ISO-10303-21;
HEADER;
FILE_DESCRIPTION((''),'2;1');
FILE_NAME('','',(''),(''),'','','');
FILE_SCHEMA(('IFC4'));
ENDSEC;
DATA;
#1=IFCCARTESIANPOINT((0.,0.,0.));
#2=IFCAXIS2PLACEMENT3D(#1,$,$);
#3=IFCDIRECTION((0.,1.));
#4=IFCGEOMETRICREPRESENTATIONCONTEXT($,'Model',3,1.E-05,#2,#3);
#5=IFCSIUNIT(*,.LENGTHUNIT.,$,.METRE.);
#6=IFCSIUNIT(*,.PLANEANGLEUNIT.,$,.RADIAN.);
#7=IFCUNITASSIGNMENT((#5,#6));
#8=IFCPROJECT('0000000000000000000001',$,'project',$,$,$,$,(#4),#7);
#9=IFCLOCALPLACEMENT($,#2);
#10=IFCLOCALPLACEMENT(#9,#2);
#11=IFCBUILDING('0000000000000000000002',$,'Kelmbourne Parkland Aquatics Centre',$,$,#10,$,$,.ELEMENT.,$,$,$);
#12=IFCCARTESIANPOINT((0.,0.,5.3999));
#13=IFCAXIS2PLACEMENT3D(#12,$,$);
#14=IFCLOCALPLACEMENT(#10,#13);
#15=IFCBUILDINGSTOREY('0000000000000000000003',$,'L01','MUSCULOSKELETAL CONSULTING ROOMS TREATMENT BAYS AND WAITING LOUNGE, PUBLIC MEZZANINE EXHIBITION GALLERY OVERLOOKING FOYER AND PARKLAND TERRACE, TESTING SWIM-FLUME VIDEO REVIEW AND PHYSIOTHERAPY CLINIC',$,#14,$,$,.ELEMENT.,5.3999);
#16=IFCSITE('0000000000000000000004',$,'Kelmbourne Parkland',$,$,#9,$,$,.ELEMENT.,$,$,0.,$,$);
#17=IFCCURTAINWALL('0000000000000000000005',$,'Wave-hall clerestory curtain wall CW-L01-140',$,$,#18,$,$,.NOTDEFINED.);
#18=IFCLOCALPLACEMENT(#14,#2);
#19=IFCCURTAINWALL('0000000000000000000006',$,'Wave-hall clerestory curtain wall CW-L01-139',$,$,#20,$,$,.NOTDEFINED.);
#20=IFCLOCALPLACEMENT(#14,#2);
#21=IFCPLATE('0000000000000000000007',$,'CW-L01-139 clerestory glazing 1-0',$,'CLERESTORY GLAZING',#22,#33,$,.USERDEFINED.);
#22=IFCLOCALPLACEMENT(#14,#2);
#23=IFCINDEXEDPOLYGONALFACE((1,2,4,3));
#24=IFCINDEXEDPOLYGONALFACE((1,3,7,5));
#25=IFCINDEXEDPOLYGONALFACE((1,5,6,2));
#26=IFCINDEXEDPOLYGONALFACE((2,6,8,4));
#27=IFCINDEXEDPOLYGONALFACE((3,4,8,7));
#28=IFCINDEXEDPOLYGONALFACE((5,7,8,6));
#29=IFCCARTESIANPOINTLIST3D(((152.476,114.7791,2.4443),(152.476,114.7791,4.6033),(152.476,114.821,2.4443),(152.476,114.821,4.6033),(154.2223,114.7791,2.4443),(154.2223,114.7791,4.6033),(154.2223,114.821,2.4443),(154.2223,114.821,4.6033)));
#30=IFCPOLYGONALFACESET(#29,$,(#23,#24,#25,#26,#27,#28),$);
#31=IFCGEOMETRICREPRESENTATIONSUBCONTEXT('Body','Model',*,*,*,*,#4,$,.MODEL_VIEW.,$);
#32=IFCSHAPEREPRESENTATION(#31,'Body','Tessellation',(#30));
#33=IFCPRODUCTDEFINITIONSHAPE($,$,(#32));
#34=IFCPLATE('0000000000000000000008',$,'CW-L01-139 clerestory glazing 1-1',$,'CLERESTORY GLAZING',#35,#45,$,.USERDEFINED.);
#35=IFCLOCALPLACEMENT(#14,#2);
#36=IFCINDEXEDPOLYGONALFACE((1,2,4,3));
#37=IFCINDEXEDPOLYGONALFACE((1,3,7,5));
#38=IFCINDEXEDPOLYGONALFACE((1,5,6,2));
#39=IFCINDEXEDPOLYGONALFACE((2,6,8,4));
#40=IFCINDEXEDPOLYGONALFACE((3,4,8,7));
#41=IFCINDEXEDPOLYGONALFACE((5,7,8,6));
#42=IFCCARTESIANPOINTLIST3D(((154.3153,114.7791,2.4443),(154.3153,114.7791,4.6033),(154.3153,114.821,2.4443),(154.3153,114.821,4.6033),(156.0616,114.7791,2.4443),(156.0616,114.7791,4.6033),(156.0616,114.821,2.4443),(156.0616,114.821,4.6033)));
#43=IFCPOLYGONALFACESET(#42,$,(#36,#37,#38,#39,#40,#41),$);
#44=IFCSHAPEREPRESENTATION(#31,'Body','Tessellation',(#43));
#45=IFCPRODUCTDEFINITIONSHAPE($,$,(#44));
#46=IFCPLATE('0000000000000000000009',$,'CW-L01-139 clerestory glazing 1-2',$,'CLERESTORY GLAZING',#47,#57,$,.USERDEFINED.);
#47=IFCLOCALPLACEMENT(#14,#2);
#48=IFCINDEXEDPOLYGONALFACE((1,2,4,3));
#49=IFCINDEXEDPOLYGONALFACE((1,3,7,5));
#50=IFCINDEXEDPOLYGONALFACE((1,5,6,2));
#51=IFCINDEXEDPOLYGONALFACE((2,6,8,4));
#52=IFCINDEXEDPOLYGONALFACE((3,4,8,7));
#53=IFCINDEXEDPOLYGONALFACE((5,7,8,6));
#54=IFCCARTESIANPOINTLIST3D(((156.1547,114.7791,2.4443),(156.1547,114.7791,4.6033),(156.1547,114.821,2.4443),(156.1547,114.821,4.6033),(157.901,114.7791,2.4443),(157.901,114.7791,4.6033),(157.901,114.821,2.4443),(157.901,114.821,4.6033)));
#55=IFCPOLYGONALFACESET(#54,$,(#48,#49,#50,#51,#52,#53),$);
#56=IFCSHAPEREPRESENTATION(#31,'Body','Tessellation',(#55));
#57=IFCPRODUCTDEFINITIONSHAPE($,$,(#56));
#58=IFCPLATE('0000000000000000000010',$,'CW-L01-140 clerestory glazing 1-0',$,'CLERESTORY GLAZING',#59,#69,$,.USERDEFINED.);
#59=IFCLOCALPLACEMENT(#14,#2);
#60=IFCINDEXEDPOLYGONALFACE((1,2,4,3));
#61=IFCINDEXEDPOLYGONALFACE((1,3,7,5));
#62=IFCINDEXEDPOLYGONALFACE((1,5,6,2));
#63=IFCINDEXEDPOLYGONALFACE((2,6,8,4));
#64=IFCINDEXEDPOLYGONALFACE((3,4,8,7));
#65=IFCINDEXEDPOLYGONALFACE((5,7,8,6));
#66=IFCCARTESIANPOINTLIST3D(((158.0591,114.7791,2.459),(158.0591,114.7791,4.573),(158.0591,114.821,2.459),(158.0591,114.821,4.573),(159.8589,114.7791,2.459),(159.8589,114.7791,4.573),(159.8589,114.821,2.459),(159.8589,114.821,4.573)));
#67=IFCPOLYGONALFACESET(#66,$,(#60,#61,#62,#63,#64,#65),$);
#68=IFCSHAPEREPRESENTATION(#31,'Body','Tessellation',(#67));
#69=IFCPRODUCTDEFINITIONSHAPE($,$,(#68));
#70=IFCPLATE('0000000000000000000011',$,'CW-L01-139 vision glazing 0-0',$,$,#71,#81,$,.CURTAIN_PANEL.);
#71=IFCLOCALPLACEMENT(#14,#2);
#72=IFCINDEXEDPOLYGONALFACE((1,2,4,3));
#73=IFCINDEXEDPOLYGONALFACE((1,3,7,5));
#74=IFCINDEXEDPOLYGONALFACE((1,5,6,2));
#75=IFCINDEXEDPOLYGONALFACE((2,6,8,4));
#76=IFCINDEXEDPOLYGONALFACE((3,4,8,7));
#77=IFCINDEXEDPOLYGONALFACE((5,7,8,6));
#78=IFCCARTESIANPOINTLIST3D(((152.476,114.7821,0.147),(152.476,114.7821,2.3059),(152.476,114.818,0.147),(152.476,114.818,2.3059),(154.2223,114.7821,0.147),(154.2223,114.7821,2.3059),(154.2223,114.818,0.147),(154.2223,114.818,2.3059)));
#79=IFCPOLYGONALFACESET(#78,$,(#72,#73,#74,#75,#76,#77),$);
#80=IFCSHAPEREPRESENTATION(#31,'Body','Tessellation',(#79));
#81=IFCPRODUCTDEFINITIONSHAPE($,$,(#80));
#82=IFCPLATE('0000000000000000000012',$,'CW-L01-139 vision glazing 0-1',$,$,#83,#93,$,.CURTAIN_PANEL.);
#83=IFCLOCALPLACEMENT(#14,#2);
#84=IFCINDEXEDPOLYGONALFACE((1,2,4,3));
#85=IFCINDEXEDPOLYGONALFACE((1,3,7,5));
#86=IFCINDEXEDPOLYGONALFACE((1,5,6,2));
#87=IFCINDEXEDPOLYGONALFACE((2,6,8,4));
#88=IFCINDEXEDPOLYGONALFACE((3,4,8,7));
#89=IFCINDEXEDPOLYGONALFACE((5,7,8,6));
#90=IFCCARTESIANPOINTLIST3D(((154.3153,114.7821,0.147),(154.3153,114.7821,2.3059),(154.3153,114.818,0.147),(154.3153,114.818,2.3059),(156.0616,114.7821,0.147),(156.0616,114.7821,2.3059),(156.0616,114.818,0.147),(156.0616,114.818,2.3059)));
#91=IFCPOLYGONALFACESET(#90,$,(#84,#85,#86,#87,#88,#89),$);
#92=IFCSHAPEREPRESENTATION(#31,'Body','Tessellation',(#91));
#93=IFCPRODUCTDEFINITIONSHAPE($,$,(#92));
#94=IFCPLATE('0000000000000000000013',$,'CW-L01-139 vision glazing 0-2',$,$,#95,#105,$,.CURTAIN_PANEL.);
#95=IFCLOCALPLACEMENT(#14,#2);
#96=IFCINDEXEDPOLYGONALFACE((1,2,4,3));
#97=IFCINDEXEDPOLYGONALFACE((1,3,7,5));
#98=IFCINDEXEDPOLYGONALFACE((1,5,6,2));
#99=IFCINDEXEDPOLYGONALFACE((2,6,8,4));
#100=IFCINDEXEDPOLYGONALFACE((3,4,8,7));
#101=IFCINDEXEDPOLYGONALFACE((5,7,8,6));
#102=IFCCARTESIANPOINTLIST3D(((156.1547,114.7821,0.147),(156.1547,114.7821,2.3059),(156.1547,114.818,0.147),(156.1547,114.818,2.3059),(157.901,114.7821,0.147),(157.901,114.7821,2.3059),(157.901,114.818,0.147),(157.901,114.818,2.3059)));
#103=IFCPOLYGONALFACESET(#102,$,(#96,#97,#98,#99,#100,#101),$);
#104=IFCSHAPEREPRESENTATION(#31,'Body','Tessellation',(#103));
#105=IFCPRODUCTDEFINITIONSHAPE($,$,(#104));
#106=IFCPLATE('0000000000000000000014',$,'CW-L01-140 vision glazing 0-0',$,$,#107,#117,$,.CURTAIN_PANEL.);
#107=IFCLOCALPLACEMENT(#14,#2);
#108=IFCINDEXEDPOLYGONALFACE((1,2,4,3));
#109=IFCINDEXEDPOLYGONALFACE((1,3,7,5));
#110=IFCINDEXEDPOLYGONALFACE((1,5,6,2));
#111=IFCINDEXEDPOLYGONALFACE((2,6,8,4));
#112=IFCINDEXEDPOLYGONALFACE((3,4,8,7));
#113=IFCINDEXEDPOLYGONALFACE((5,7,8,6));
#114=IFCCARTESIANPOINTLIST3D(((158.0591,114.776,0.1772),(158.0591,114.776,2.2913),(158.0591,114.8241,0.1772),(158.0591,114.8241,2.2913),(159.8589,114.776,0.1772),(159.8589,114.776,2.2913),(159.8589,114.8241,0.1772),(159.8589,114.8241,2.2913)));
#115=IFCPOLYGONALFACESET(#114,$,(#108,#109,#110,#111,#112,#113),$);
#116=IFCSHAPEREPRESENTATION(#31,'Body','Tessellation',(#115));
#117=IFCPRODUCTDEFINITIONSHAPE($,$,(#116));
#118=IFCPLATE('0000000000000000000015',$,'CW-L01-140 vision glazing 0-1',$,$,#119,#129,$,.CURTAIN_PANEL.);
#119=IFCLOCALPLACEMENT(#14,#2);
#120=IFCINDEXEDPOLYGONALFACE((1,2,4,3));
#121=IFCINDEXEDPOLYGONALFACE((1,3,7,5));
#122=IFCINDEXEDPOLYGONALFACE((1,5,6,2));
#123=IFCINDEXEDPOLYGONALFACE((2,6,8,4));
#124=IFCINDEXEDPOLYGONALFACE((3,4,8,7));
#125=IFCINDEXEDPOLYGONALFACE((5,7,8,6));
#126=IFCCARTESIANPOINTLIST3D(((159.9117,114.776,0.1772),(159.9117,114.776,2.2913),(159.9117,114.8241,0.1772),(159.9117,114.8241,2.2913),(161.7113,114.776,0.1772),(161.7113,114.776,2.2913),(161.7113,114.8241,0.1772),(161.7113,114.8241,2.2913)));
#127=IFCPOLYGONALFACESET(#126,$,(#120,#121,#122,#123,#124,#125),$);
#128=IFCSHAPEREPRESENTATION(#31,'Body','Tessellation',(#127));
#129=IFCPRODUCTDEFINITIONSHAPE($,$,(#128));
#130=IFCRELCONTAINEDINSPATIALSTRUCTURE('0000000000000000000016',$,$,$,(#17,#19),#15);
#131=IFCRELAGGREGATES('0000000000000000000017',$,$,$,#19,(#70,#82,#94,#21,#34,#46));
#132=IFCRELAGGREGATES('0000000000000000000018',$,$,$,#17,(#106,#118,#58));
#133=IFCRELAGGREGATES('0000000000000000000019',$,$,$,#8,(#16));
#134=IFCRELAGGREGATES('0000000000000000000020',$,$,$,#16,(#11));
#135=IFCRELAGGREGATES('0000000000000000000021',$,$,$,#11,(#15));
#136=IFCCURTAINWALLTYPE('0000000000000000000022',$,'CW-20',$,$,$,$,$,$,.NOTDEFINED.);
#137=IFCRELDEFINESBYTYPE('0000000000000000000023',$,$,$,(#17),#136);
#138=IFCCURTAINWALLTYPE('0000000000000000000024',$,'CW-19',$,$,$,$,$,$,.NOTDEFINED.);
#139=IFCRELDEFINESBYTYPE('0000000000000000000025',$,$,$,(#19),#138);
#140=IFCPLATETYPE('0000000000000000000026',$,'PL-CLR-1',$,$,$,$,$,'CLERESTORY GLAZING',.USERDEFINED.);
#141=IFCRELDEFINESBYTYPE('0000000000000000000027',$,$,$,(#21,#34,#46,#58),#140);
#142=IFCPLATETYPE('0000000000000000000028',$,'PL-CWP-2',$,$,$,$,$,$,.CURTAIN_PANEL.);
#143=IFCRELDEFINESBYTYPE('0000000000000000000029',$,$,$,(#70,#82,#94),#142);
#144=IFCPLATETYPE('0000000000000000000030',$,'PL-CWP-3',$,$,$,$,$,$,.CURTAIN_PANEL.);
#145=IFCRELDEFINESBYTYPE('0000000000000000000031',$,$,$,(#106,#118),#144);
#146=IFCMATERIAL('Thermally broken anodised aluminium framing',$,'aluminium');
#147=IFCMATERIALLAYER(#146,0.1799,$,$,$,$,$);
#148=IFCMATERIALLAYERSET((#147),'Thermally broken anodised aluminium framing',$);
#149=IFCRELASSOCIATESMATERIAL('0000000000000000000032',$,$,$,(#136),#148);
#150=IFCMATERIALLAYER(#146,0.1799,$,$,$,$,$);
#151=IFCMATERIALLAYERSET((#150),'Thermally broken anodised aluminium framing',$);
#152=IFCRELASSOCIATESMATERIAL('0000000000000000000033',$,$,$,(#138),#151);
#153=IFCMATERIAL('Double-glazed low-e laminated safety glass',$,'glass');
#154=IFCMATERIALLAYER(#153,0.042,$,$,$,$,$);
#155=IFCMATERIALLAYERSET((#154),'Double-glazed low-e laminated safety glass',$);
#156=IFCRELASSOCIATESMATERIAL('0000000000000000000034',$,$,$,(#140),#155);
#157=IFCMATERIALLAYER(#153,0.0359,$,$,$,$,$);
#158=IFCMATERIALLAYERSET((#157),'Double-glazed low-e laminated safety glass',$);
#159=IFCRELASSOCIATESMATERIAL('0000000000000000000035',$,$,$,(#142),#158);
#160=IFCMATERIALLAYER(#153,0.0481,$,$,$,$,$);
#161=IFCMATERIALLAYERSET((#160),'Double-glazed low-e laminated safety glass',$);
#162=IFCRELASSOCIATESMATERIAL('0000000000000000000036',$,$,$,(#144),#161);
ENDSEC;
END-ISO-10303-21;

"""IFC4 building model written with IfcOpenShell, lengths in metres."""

from ifc_helpers import new_model, si_unit, direction, frame, origin, origin_2d, place, context, subcontext, project, spatial, rectangle, extrude, material, layer, layer_set, type_object, element, aggregate, save


model = new_model("IFC4")

# Units and contexts
model_context = context("Model", 3, precision=1e-05, world=origin(), true_north=direction((0.0, 1.0)))
body_context = subcontext(model_context, "Body", "Model", "MODEL_VIEW")
ifc_project = project(units=[si_unit("LENGTHUNIT", "METRE"), si_unit("PLANEANGLEUNIT", "RADIAN")], contexts=[model_context])

# Site, building, storey
site_placement = place(None, origin())
site = spatial("IfcSite", under=ifc_project, at=site_placement, Name="Kelmbourne Parkland", CompositionType="ELEMENT", RefElevation=0.0)
building_placement = place(site_placement, origin())
building = spatial("IfcBuilding", under=site, at=building_placement, Name="Kelmbourne Parkland Aquatics Centre", CompositionType="ELEMENT")
storey_placement = place(building_placement, frame((0.0, 0.0, 5.3999)))
storey = spatial("IfcBuildingStorey", under=building, at=storey_placement, Name="L01", Description="MUSCULOSKELETAL CONSULTING ROOMS TREATMENT BAYS AND WAITING LOUNGE, PUBLIC MEZZANINE EXHIBITION GALLERY OVERLOOKING FOYER AND PARKLAND TERRACE, TESTING SWIM-FLUME VIDEO REVIEW AND PHYSIOTHERAPY CLINIC", CompositionType="ELEMENT", Elevation=5.3999)

# Curtain walls
ifc_material_1 = material(Name="Thermally broken anodised aluminium framing", Category="aluminium")
ifc_layer_1 = layer(ifc_material_1, 0.1799)
ifc_layer_set_1 = layer_set([ifc_layer_1], Name="Thermally broken anodised aluminium framing")
curtain_wall_type_1 = type_object("IfcCurtainWallType", Name="CW-20", PredefinedType="NOTDEFINED", material=ifc_layer_set_1)
curtain_wall_1_placement = place(storey_placement, origin())
curtain_wall_1 = element("IfcCurtainWall", 1, at=curtain_wall_1_placement, inside=storey, type_object=curtain_wall_type_1, Name="Wave-hall clerestory curtain wall CW-L01-140", PredefinedType="NOTDEFINED")
ifc_layer_2 = layer(ifc_material_1, 0.1799)
ifc_layer_set_2 = layer_set([ifc_layer_2], Name="Thermally broken anodised aluminium framing")
curtain_wall_type_2 = type_object("IfcCurtainWallType", Name="CW-19", PredefinedType="NOTDEFINED", material=ifc_layer_set_2)
curtain_wall_2_placement = place(storey_placement, origin())
curtain_wall_2 = element("IfcCurtainWall", 2, at=curtain_wall_2_placement, inside=storey, type_object=curtain_wall_type_2, Name="Wave-hall clerestory curtain wall CW-L01-139", PredefinedType="NOTDEFINED")

# Plates
ifc_material_2 = material(Name="Double-glazed low-e laminated safety glass", Category="glass")
ifc_layer_3 = layer(ifc_material_2, 0.042)
ifc_layer_set_3 = layer_set([ifc_layer_3], Name="Double-glazed low-e laminated safety glass")
plate_type_1 = type_object("IfcPlateType", Name="PL-CLR-1", ElementType="CLERESTORY GLAZING", PredefinedType="USERDEFINED", material=ifc_layer_set_3)
plate_1_placement = place(storey_placement, frame((153.3491, 114.8, 2.4443), z_axis=(0.0, 0.0, 1.0), x_axis=(1.0, 0.0, 0.0)))
plate_1 = element("IfcPlate", 3, at=plate_1_placement, type_object=plate_type_1, Name="CW-L01-139 clerestory glazing 1-0", ObjectType="CLERESTORY GLAZING", PredefinedType="USERDEFINED", context=body_context, shape_type="SweptSolid", body=[
    extrude(rectangle(XDim=1.7463, YDim=0.042, at=origin_2d()), origin(), (0.0, 0.0, 1.0), 2.1589),
])
plate_2_placement = place(storey_placement, frame((155.1885, 114.8, 2.4443), z_axis=(0.0, 0.0, 1.0), x_axis=(1.0, 0.0, 0.0)))
plate_2 = element("IfcPlate", 4, at=plate_2_placement, type_object=plate_type_1, Name="CW-L01-139 clerestory glazing 1-1", ObjectType="CLERESTORY GLAZING", PredefinedType="USERDEFINED", context=body_context, shape_type="SweptSolid", body=[
    extrude(rectangle(XDim=1.7463, YDim=0.042, at=origin_2d()), origin(), (0.0, 0.0, 1.0), 2.1589),
])
plate_3_placement = place(storey_placement, frame((157.0278, 114.8, 2.4443), z_axis=(0.0, 0.0, 1.0), x_axis=(1.0, 0.0, 0.0)))
plate_3 = element("IfcPlate", 5, at=plate_3_placement, type_object=plate_type_1, Name="CW-L01-139 clerestory glazing 1-2", ObjectType="CLERESTORY GLAZING", PredefinedType="USERDEFINED", context=body_context, shape_type="SweptSolid", body=[
    extrude(rectangle(XDim=1.7463, YDim=0.042, at=origin_2d()), origin(), (0.0, 0.0, 1.0), 2.1589),
])
plate_4_placement = place(storey_placement, frame((158.959, 114.8, 2.459), z_axis=(0.0, 0.0, 1.0), x_axis=(1.0, 0.0, 0.0)))
plate_4 = element("IfcPlate", 6, at=plate_4_placement, type_object=plate_type_1, Name="CW-L01-140 clerestory glazing 1-0", ObjectType="CLERESTORY GLAZING", PredefinedType="USERDEFINED", context=body_context, shape_type="SweptSolid", body=[
    extrude(rectangle(XDim=1.7998, YDim=0.042, at=origin_2d()), origin(), (0.0, 0.0, 1.0), 2.114),
])
ifc_layer_4 = layer(ifc_material_2, 0.0359)
ifc_layer_set_4 = layer_set([ifc_layer_4], Name="Double-glazed low-e laminated safety glass")
plate_type_2 = type_object("IfcPlateType", Name="PL-CWP-2", PredefinedType="CURTAIN_PANEL", material=ifc_layer_set_4)
plate_5_placement = place(storey_placement, frame((153.3491, 114.8, 0.147), z_axis=(0.0, 0.0, 1.0), x_axis=(1.0, 0.0, 0.0)))
plate_5 = element("IfcPlate", 7, at=plate_5_placement, type_object=plate_type_2, Name="CW-L01-139 vision glazing 0-0", PredefinedType="CURTAIN_PANEL", context=body_context, shape_type="SweptSolid", body=[
    extrude(rectangle(XDim=1.7463, YDim=0.0359, at=origin_2d()), origin(), (0.0, 0.0, 1.0), 2.1589),
])
plate_6_placement = place(storey_placement, frame((155.1885, 114.8, 0.147), z_axis=(0.0, 0.0, 1.0), x_axis=(1.0, 0.0, 0.0)))
plate_6 = element("IfcPlate", 8, at=plate_6_placement, type_object=plate_type_2, Name="CW-L01-139 vision glazing 0-1", PredefinedType="CURTAIN_PANEL", context=body_context, shape_type="SweptSolid", body=[
    extrude(rectangle(XDim=1.7463, YDim=0.0359, at=origin_2d()), origin(), (0.0, 0.0, 1.0), 2.1589),
])
plate_7_placement = place(storey_placement, frame((157.0278, 114.8, 0.147), z_axis=(0.0, 0.0, 1.0), x_axis=(1.0, 0.0, 0.0)))
plate_7 = element("IfcPlate", 9, at=plate_7_placement, type_object=plate_type_2, Name="CW-L01-139 vision glazing 0-2", PredefinedType="CURTAIN_PANEL", context=body_context, shape_type="SweptSolid", body=[
    extrude(rectangle(XDim=1.7463, YDim=0.0359, at=origin_2d()), origin(), (0.0, 0.0, 1.0), 2.1589),
])
aggregate(curtain_wall_2, [plate_5, plate_6, plate_7, plate_1, plate_2, plate_3])
ifc_layer_5 = layer(ifc_material_2, 0.0481)
ifc_layer_set_5 = layer_set([ifc_layer_5], Name="Double-glazed low-e laminated safety glass")
plate_type_3 = type_object("IfcPlateType", Name="PL-CWP-3", PredefinedType="CURTAIN_PANEL", material=ifc_layer_set_5)
plate_8_placement = place(storey_placement, frame((158.959, 114.8, 0.1772), z_axis=(0.0, 0.0, 1.0), x_axis=(1.0, 0.0, 0.0)))
plate_8 = element("IfcPlate", 10, at=plate_8_placement, type_object=plate_type_3, Name="CW-L01-140 vision glazing 0-0", PredefinedType="CURTAIN_PANEL", context=body_context, shape_type="SweptSolid", body=[
    extrude(rectangle(XDim=1.7998, YDim=0.0481, at=origin_2d()), origin(), (0.0, 0.0, 1.0), 2.114),
])
plate_9_placement = place(storey_placement, frame((160.8115, 114.8, 0.1772), z_axis=(0.0, 0.0, 1.0), x_axis=(1.0, 0.0, 0.0)))
plate_9 = element("IfcPlate", 11, at=plate_9_placement, type_object=plate_type_3, Name="CW-L01-140 vision glazing 0-1", PredefinedType="CURTAIN_PANEL", context=body_context, shape_type="SweptSolid", body=[
    extrude(rectangle(XDim=1.7996, YDim=0.0481, at=origin_2d()), origin(), (0.0, 0.0, 1.0), 2.114),
])
aggregate(curtain_wall_1, [plate_8, plate_9, plate_4])

save(model, "model.ifc")
